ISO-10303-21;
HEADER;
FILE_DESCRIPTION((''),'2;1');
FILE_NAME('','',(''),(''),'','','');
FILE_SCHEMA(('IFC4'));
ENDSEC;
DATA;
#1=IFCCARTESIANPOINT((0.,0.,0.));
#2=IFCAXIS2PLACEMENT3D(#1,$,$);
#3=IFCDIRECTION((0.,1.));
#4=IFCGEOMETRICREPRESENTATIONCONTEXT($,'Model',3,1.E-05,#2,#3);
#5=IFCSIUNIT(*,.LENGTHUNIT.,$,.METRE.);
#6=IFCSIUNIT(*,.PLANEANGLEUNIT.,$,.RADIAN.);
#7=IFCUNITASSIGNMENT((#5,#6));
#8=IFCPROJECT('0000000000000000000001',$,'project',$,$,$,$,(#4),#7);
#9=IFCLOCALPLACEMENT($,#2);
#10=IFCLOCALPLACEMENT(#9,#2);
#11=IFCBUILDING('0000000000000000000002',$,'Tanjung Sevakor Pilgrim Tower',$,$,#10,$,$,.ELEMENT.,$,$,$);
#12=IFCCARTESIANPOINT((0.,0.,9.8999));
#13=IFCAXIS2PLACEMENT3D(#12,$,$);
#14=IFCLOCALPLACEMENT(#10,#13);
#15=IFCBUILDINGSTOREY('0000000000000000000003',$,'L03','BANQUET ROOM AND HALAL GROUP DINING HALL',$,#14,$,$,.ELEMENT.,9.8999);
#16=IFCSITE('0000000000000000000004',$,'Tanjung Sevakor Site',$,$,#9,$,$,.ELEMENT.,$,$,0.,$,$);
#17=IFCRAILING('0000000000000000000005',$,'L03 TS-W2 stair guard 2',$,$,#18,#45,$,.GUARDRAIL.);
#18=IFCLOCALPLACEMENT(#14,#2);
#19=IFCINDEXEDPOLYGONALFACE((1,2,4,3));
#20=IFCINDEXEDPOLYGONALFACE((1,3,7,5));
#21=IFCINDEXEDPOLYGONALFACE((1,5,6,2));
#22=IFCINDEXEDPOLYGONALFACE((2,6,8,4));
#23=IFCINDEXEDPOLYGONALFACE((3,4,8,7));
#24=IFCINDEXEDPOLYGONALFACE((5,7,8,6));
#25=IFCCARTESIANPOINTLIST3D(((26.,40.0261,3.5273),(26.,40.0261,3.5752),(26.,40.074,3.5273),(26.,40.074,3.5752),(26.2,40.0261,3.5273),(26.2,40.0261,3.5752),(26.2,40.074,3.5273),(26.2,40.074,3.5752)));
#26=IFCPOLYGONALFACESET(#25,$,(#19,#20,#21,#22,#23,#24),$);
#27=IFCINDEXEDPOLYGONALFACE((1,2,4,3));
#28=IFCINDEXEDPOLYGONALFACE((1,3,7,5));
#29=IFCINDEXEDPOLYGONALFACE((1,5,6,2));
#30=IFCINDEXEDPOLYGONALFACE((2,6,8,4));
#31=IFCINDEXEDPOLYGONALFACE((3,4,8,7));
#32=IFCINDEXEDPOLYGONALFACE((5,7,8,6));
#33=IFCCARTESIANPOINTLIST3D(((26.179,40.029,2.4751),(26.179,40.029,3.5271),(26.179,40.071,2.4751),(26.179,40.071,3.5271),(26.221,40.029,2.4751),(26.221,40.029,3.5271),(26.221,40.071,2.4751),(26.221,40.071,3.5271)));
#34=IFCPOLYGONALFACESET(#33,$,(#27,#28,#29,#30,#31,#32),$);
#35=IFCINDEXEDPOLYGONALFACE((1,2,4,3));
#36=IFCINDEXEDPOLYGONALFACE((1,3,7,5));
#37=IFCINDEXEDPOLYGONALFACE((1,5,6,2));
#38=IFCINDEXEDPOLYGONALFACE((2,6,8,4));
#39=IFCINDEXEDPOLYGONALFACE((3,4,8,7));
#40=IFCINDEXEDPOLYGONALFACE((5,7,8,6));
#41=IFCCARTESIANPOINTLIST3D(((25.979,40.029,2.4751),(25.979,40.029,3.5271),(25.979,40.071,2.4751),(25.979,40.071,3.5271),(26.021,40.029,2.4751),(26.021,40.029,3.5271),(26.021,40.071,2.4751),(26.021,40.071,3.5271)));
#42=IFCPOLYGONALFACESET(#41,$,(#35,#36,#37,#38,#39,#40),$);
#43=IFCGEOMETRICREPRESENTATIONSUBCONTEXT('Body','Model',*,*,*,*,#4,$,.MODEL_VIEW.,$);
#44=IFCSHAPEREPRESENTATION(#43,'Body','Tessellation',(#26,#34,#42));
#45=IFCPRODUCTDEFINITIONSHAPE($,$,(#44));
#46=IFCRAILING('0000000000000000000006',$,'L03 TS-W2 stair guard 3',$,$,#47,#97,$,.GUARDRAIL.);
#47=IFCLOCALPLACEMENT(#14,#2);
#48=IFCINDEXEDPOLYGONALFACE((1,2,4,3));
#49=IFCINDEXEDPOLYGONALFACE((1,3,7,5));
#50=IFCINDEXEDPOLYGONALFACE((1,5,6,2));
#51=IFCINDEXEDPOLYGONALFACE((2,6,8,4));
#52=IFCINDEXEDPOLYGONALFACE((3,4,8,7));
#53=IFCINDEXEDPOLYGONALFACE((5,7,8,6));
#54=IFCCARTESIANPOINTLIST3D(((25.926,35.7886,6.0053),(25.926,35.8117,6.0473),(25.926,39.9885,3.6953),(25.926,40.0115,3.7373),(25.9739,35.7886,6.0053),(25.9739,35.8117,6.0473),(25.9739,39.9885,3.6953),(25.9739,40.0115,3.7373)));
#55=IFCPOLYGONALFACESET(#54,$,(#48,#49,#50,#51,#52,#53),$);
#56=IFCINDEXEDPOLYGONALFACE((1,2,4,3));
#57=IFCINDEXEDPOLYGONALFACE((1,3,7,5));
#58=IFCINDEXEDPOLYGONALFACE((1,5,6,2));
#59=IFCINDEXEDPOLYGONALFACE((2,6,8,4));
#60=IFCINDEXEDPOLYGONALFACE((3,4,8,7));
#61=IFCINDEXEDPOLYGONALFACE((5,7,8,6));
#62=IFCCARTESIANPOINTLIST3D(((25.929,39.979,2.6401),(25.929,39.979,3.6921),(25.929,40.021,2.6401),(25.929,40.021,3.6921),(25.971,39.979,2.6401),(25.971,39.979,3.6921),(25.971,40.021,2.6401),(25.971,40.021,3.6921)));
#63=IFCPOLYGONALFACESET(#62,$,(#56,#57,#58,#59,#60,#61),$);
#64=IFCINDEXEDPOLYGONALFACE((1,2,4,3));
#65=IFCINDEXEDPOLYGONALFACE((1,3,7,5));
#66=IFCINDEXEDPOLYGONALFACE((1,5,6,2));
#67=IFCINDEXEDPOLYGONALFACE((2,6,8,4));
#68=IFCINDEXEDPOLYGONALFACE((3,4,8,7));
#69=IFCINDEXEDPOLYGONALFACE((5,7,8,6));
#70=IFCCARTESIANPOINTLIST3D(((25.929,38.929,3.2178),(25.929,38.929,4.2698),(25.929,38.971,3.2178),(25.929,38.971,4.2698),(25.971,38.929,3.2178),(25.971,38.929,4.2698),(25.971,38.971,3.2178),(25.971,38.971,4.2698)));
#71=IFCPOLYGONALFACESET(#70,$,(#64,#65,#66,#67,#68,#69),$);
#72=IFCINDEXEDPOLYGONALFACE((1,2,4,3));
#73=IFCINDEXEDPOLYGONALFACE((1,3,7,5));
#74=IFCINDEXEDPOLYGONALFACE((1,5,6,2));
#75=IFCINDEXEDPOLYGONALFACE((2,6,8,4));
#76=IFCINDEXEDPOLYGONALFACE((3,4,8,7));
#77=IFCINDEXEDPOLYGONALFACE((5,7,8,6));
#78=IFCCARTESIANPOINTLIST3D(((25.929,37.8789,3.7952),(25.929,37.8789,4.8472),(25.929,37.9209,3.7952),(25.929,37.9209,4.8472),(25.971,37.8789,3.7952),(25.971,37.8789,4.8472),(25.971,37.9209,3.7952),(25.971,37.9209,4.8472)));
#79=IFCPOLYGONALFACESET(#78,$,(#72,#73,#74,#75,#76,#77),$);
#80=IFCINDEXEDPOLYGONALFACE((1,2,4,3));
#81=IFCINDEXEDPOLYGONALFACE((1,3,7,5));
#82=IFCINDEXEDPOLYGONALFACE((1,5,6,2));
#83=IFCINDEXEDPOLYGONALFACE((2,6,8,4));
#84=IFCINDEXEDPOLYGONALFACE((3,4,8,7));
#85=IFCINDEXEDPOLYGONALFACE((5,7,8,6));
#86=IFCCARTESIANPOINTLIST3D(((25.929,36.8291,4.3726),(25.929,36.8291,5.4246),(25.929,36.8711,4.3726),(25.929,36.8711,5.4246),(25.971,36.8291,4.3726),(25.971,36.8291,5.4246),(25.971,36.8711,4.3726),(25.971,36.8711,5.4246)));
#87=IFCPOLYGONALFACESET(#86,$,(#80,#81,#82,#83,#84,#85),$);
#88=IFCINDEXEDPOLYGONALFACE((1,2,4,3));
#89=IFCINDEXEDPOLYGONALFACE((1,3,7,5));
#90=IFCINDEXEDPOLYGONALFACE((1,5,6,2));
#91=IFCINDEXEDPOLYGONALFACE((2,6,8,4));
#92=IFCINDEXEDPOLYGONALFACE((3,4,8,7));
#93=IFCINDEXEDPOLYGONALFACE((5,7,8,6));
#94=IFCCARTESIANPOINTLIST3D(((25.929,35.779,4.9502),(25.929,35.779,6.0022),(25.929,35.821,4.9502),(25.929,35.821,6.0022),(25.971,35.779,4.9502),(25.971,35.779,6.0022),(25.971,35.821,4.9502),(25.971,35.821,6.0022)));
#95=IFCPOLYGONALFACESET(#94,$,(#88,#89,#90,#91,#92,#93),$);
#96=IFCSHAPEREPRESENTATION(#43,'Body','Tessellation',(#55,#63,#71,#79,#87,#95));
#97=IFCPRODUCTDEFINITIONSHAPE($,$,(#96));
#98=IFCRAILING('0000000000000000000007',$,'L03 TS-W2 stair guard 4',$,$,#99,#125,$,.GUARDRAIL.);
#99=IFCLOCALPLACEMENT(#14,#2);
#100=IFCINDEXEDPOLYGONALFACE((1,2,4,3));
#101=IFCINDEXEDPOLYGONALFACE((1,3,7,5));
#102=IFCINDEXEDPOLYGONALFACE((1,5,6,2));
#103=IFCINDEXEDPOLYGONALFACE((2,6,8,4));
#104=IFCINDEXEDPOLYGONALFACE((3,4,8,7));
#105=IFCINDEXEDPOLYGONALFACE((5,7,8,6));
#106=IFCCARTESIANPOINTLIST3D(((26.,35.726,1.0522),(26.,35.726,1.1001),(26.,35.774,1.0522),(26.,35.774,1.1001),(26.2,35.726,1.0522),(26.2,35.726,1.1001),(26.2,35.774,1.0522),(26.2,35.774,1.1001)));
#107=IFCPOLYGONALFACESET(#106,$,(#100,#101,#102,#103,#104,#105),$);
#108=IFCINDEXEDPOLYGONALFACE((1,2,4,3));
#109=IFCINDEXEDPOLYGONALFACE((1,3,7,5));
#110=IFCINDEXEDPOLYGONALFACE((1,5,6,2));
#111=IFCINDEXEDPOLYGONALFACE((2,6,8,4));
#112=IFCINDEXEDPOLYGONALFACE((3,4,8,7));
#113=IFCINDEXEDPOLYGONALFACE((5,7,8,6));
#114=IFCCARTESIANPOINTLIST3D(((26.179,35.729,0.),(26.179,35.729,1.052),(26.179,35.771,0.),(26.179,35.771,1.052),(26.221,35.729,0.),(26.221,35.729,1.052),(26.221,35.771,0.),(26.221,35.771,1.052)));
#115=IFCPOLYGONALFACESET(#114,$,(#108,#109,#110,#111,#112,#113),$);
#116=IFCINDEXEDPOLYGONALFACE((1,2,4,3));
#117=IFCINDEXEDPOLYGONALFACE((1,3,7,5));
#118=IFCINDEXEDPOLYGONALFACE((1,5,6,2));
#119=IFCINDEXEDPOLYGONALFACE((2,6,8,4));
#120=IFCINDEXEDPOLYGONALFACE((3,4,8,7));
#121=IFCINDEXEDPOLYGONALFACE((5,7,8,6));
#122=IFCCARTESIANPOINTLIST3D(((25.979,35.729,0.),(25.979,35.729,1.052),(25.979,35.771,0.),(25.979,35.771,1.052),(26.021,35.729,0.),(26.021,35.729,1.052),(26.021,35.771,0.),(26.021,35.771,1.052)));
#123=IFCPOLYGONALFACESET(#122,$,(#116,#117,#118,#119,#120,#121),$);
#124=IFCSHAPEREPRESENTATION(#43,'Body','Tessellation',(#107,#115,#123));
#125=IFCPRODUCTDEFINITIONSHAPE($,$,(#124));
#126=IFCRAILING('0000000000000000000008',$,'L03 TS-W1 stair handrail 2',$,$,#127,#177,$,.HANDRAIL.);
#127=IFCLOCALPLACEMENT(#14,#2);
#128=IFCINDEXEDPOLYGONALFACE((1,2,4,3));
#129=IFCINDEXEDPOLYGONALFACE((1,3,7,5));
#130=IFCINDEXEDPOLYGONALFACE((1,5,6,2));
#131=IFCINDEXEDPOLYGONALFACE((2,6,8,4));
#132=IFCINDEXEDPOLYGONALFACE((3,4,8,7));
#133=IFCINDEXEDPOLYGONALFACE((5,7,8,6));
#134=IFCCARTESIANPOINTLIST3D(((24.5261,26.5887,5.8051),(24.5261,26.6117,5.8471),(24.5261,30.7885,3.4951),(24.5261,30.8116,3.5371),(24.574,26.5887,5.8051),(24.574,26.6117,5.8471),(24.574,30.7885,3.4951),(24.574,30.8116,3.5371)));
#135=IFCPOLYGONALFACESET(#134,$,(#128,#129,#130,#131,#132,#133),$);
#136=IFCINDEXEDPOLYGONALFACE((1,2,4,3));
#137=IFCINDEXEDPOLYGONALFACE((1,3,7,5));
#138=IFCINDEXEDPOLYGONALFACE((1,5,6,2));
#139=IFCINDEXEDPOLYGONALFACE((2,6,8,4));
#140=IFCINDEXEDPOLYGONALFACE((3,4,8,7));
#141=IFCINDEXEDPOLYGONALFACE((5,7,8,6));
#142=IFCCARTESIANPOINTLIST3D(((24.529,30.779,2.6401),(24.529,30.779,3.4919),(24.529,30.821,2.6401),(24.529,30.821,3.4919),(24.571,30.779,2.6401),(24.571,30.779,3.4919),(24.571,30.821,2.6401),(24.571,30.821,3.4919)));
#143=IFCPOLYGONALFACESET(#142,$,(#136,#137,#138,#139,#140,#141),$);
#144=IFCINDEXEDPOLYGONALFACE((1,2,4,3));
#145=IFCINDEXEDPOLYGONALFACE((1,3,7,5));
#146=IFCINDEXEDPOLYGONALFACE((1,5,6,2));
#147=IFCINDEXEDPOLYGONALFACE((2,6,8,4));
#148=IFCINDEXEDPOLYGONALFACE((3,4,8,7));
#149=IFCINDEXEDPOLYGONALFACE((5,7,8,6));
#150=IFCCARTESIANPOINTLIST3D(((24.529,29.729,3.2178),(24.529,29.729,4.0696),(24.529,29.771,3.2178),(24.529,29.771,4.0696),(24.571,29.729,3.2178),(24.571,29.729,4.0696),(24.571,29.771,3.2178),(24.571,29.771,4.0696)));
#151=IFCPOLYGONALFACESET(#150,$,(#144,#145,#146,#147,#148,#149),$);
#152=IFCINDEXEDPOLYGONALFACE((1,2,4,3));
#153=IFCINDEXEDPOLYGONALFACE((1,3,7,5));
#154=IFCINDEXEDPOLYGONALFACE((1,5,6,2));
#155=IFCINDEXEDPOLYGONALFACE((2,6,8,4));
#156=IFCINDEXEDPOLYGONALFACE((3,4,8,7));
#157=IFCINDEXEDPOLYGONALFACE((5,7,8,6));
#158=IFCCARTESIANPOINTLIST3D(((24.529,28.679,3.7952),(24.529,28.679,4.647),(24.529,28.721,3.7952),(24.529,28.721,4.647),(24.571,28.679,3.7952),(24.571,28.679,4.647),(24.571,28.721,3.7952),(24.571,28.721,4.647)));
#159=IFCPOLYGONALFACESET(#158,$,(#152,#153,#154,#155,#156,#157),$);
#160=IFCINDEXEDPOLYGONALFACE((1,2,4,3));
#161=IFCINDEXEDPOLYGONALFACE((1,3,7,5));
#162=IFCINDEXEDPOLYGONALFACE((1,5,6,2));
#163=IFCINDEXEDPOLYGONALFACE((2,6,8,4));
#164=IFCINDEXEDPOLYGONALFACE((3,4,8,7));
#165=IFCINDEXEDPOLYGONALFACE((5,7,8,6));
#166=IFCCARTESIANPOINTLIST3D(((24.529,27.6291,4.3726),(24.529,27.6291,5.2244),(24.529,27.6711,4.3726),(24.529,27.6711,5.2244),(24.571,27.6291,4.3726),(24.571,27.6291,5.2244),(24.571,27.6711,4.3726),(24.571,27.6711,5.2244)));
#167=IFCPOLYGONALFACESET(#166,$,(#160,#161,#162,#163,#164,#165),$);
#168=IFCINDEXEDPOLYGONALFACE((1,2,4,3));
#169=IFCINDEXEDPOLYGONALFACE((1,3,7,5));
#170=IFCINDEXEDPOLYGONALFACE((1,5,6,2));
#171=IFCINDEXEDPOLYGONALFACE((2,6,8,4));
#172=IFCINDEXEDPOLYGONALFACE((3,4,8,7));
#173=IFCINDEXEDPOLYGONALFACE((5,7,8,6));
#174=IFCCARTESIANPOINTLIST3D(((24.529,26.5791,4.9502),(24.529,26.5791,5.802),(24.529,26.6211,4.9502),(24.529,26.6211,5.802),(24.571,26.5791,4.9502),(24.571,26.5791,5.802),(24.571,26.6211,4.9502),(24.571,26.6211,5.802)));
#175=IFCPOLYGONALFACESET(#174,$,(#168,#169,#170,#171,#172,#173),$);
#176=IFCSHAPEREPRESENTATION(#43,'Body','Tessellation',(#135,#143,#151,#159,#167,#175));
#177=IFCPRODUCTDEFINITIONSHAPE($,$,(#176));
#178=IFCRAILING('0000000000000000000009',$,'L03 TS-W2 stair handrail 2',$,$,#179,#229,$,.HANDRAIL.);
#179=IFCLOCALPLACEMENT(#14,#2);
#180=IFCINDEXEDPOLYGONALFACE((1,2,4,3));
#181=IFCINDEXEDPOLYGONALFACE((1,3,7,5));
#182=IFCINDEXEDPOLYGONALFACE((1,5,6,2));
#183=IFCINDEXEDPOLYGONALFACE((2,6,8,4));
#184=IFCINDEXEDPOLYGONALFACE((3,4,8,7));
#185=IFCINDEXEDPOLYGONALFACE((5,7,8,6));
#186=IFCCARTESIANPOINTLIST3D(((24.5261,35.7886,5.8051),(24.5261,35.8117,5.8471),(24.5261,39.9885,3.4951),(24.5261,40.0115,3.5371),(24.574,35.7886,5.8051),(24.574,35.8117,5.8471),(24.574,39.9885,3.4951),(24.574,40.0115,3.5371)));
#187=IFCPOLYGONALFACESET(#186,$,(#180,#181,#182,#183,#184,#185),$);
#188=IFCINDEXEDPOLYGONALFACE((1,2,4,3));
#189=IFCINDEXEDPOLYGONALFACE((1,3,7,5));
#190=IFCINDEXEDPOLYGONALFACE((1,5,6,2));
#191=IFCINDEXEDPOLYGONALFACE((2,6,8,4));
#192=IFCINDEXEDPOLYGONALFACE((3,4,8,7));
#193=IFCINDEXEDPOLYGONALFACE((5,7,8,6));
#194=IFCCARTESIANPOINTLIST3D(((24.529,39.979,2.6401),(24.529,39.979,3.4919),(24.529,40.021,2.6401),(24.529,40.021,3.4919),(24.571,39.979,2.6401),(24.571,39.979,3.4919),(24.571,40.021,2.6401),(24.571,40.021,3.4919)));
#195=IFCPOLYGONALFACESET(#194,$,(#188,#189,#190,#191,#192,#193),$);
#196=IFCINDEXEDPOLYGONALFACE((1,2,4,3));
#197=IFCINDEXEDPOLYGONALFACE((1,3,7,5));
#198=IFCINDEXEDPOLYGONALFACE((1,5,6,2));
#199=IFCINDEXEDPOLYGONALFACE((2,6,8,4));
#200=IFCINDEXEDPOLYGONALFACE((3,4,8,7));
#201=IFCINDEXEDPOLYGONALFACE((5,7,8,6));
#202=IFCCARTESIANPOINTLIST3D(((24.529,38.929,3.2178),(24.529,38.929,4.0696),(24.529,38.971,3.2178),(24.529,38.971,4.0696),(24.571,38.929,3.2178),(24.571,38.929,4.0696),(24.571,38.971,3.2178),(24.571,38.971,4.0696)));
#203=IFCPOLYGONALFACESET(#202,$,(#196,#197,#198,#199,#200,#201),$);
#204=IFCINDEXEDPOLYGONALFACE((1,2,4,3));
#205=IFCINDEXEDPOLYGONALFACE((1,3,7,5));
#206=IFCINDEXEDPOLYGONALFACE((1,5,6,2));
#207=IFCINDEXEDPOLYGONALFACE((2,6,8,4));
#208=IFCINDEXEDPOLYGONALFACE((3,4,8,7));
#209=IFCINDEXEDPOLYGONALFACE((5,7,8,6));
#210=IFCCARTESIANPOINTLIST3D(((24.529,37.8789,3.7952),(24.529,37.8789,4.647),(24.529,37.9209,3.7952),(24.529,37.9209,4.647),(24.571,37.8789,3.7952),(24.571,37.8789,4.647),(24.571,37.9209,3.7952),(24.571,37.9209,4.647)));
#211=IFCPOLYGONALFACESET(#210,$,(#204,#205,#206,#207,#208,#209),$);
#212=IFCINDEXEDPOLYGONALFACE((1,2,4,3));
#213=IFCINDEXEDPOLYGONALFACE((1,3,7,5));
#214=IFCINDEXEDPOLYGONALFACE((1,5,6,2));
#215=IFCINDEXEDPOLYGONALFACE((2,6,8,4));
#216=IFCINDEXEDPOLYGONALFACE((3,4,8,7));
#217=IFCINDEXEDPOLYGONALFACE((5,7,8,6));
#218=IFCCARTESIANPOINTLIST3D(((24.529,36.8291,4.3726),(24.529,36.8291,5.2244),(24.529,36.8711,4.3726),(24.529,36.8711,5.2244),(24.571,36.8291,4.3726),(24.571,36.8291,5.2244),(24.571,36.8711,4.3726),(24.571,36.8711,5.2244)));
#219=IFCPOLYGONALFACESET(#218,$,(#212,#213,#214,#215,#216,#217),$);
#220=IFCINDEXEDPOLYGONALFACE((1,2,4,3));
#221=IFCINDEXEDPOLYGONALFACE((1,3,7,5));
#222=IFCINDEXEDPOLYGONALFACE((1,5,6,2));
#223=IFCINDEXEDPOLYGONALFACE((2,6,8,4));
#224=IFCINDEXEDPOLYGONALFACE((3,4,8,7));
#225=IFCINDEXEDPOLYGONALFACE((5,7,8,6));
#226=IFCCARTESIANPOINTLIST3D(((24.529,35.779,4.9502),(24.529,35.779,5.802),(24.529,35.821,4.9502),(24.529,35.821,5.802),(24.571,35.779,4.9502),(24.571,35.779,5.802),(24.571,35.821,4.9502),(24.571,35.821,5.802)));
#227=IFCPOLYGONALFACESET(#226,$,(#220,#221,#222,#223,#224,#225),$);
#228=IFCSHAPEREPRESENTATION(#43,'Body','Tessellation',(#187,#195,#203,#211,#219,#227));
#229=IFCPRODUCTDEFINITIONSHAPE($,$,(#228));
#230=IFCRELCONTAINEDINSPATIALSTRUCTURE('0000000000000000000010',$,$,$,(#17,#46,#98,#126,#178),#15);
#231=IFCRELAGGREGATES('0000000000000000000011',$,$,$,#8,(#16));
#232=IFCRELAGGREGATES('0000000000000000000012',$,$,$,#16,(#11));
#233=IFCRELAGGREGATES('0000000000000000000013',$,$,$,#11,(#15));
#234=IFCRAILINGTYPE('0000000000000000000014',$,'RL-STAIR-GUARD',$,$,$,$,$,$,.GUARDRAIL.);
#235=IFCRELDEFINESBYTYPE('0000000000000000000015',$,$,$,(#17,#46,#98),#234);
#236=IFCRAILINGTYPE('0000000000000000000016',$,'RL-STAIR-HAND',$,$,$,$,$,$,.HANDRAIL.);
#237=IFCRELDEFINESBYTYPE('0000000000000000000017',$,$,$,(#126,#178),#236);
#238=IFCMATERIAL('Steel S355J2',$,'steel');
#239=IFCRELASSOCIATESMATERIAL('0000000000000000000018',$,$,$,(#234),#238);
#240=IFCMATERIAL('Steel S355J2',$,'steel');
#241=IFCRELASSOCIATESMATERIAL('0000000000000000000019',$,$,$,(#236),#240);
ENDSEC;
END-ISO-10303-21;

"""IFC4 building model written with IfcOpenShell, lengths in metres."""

from ifc_helpers import new_model, si_unit, direction, frame, origin, place, context, subcontext, project, spatial, rectangle, extrude, material, type_object, element, save


model = new_model("IFC4")

# Units and contexts
model_context = context("Model", 3, precision=1e-05, world=origin(), true_north=direction((0.0, 1.0)))
body_context = subcontext(model_context, "Body", "Model", "MODEL_VIEW")
ifc_project = project(units=[si_unit("LENGTHUNIT", "METRE"), si_unit("PLANEANGLEUNIT", "RADIAN")], contexts=[model_context])

# Site, building, storey
site_placement = place(None, origin())
site = spatial("IfcSite", under=ifc_project, at=site_placement, Name="Tanjung Sevakor Site", CompositionType="ELEMENT", RefElevation=0.0)
building_placement = place(site_placement, origin())
building = spatial("IfcBuilding", under=site, at=building_placement, Name="Tanjung Sevakor Pilgrim Tower", CompositionType="ELEMENT")
storey_placement = place(building_placement, frame((0.0, 0.0, 9.8999)))
storey = spatial("IfcBuildingStorey", under=building, at=storey_placement, Name="L03", Description="BANQUET ROOM AND HALAL GROUP DINING HALL", CompositionType="ELEMENT", Elevation=9.8999)

# Railings
ifc_material_1 = material(Name="Steel S355J2", Category="steel")
railing_type_1 = type_object("IfcRailingType", Name="RL-STAIR-GUARD", PredefinedType="GUARDRAIL", material=ifc_material_1)
railing_1_placement = place(storey_placement, frame((26.2, 40.05, 2.4751)))
element("IfcRailing", 1, at=railing_1_placement, inside=storey, type_object=railing_type_1, Name="L03 TS-W2 stair guard 2", PredefinedType="GUARDRAIL", context=body_context, shape_type="SweptSolid", body=[
    extrude(rectangle(XDim=0.0479, YDim=0.0479), frame((0.0, 0.0, 1.0762), z_axis=(-1.0, 0.0, 0.0), x_axis=(0.0, -1.0, 0.0)), (0.0, 0.0, 1.0), 0.2),
    extrude(rectangle(XDim=0.042, YDim=0.042), origin(), (0.0, 0.0, 1.0), 1.052),
    extrude(rectangle(XDim=0.042, YDim=0.042), frame((-0.2, 0.0, 0.0)), (0.0, 0.0, 1.0), 1.052),
])
railing_2_placement = place(storey_placement, frame((25.95, 40.0, 2.6401)))
element("IfcRailing", 2, at=railing_2_placement, inside=storey, type_object=railing_type_1, Name="L03 TS-W2 stair guard 3", PredefinedType="GUARDRAIL", context=body_context, shape_type="SweptSolid", body=[
    extrude(rectangle(XDim=0.0479, YDim=0.0479), frame((0.0, 0.0, 1.0762), z_axis=(0.0, -0.876208, 0.481932), x_axis=(1.0, 0.0, 0.0)), (0.0, 0.0, 1.0), 4.7932),
    extrude(rectangle(XDim=0.042, YDim=0.042), origin(), (0.0, 0.0, 1.0), 1.052),
    extrude(rectangle(XDim=0.042, YDim=0.042), frame((0.0, -1.05, 0.5776)), (0.0, 0.0, 1.0), 1.052),
    extrude(rectangle(XDim=0.042, YDim=0.042), frame((0.0, -2.1001, 1.155)), (0.0, 0.0, 1.0), 1.052),
    extrude(rectangle(XDim=0.042, YDim=0.042), frame((0.0, -3.1499, 1.7324)), (0.0, 0.0, 1.0), 1.052),
    extrude(rectangle(XDim=0.042, YDim=0.042), frame((0.0, -4.2, 2.3101)), (0.0, 0.0, 1.0), 1.052),
])
railing_3_placement = place(storey_placement, frame((26.2, 35.75, 0.0)))
element("IfcRailing", 3, at=railing_3_placement, inside=storey, type_object=railing_type_1, Name="L03 TS-W2 stair guard 4", PredefinedType="GUARDRAIL", context=body_context, shape_type="SweptSolid", body=[
    extrude(rectangle(XDim=0.0479, YDim=0.0479), frame((0.0, 0.0, 1.0762), z_axis=(-1.0, 0.0, 0.0), x_axis=(0.0, -1.0, 0.0)), (0.0, 0.0, 1.0), 0.2),
    extrude(rectangle(XDim=0.042, YDim=0.042), origin(), (0.0, 0.0, 1.0), 1.052),
    extrude(rectangle(XDim=0.042, YDim=0.042), frame((-0.2, 0.0, 0.0)), (0.0, 0.0, 1.0), 1.052),
])
ifc_material_2 = material(Name="Steel S355J2", Category="steel")
railing_type_2 = type_object("IfcRailingType", Name="RL-STAIR-HAND", PredefinedType="HANDRAIL", material=ifc_material_2)
for number, where, name in (
    (4, (24.55, 30.8, 2.6401), "L03 TS-W1 stair handrail 2"),
    (5, (24.55, 40.0, 2.6401), "L03 TS-W2 stair handrail 2"),
):
    element("IfcRailing", number, at=place(storey_placement, frame(where)), inside=storey, type_object=railing_type_2, Name=name, PredefinedType="HANDRAIL", context=body_context, shape_type="SweptSolid", body=[
        extrude(rectangle(XDim=0.0479, YDim=0.0479), frame((0.0, 0.0, 0.876), z_axis=(0.0, -0.876208, 0.481932), x_axis=(1.0, 0.0, 0.0)), (0.0, 0.0, 1.0), 4.7932),
        extrude(rectangle(XDim=0.042, YDim=0.042), origin(), (0.0, 0.0, 1.0), 0.8518),
        extrude(rectangle(XDim=0.042, YDim=0.042), frame((0.0, -1.05, 0.5776)), (0.0, 0.0, 1.0), 0.8518),
        extrude(rectangle(XDim=0.042, YDim=0.042), frame((0.0, -2.1001, 1.155)), (0.0, 0.0, 1.0), 0.8518),
        extrude(rectangle(XDim=0.042, YDim=0.042), frame((0.0, -3.1499, 1.7324)), (0.0, 0.0, 1.0), 0.8518),
        extrude(rectangle(XDim=0.042, YDim=0.042), frame((0.0, -4.2, 2.3101)), (0.0, 0.0, 1.0), 0.8518),
    ])

save(model, "model.ifc")
